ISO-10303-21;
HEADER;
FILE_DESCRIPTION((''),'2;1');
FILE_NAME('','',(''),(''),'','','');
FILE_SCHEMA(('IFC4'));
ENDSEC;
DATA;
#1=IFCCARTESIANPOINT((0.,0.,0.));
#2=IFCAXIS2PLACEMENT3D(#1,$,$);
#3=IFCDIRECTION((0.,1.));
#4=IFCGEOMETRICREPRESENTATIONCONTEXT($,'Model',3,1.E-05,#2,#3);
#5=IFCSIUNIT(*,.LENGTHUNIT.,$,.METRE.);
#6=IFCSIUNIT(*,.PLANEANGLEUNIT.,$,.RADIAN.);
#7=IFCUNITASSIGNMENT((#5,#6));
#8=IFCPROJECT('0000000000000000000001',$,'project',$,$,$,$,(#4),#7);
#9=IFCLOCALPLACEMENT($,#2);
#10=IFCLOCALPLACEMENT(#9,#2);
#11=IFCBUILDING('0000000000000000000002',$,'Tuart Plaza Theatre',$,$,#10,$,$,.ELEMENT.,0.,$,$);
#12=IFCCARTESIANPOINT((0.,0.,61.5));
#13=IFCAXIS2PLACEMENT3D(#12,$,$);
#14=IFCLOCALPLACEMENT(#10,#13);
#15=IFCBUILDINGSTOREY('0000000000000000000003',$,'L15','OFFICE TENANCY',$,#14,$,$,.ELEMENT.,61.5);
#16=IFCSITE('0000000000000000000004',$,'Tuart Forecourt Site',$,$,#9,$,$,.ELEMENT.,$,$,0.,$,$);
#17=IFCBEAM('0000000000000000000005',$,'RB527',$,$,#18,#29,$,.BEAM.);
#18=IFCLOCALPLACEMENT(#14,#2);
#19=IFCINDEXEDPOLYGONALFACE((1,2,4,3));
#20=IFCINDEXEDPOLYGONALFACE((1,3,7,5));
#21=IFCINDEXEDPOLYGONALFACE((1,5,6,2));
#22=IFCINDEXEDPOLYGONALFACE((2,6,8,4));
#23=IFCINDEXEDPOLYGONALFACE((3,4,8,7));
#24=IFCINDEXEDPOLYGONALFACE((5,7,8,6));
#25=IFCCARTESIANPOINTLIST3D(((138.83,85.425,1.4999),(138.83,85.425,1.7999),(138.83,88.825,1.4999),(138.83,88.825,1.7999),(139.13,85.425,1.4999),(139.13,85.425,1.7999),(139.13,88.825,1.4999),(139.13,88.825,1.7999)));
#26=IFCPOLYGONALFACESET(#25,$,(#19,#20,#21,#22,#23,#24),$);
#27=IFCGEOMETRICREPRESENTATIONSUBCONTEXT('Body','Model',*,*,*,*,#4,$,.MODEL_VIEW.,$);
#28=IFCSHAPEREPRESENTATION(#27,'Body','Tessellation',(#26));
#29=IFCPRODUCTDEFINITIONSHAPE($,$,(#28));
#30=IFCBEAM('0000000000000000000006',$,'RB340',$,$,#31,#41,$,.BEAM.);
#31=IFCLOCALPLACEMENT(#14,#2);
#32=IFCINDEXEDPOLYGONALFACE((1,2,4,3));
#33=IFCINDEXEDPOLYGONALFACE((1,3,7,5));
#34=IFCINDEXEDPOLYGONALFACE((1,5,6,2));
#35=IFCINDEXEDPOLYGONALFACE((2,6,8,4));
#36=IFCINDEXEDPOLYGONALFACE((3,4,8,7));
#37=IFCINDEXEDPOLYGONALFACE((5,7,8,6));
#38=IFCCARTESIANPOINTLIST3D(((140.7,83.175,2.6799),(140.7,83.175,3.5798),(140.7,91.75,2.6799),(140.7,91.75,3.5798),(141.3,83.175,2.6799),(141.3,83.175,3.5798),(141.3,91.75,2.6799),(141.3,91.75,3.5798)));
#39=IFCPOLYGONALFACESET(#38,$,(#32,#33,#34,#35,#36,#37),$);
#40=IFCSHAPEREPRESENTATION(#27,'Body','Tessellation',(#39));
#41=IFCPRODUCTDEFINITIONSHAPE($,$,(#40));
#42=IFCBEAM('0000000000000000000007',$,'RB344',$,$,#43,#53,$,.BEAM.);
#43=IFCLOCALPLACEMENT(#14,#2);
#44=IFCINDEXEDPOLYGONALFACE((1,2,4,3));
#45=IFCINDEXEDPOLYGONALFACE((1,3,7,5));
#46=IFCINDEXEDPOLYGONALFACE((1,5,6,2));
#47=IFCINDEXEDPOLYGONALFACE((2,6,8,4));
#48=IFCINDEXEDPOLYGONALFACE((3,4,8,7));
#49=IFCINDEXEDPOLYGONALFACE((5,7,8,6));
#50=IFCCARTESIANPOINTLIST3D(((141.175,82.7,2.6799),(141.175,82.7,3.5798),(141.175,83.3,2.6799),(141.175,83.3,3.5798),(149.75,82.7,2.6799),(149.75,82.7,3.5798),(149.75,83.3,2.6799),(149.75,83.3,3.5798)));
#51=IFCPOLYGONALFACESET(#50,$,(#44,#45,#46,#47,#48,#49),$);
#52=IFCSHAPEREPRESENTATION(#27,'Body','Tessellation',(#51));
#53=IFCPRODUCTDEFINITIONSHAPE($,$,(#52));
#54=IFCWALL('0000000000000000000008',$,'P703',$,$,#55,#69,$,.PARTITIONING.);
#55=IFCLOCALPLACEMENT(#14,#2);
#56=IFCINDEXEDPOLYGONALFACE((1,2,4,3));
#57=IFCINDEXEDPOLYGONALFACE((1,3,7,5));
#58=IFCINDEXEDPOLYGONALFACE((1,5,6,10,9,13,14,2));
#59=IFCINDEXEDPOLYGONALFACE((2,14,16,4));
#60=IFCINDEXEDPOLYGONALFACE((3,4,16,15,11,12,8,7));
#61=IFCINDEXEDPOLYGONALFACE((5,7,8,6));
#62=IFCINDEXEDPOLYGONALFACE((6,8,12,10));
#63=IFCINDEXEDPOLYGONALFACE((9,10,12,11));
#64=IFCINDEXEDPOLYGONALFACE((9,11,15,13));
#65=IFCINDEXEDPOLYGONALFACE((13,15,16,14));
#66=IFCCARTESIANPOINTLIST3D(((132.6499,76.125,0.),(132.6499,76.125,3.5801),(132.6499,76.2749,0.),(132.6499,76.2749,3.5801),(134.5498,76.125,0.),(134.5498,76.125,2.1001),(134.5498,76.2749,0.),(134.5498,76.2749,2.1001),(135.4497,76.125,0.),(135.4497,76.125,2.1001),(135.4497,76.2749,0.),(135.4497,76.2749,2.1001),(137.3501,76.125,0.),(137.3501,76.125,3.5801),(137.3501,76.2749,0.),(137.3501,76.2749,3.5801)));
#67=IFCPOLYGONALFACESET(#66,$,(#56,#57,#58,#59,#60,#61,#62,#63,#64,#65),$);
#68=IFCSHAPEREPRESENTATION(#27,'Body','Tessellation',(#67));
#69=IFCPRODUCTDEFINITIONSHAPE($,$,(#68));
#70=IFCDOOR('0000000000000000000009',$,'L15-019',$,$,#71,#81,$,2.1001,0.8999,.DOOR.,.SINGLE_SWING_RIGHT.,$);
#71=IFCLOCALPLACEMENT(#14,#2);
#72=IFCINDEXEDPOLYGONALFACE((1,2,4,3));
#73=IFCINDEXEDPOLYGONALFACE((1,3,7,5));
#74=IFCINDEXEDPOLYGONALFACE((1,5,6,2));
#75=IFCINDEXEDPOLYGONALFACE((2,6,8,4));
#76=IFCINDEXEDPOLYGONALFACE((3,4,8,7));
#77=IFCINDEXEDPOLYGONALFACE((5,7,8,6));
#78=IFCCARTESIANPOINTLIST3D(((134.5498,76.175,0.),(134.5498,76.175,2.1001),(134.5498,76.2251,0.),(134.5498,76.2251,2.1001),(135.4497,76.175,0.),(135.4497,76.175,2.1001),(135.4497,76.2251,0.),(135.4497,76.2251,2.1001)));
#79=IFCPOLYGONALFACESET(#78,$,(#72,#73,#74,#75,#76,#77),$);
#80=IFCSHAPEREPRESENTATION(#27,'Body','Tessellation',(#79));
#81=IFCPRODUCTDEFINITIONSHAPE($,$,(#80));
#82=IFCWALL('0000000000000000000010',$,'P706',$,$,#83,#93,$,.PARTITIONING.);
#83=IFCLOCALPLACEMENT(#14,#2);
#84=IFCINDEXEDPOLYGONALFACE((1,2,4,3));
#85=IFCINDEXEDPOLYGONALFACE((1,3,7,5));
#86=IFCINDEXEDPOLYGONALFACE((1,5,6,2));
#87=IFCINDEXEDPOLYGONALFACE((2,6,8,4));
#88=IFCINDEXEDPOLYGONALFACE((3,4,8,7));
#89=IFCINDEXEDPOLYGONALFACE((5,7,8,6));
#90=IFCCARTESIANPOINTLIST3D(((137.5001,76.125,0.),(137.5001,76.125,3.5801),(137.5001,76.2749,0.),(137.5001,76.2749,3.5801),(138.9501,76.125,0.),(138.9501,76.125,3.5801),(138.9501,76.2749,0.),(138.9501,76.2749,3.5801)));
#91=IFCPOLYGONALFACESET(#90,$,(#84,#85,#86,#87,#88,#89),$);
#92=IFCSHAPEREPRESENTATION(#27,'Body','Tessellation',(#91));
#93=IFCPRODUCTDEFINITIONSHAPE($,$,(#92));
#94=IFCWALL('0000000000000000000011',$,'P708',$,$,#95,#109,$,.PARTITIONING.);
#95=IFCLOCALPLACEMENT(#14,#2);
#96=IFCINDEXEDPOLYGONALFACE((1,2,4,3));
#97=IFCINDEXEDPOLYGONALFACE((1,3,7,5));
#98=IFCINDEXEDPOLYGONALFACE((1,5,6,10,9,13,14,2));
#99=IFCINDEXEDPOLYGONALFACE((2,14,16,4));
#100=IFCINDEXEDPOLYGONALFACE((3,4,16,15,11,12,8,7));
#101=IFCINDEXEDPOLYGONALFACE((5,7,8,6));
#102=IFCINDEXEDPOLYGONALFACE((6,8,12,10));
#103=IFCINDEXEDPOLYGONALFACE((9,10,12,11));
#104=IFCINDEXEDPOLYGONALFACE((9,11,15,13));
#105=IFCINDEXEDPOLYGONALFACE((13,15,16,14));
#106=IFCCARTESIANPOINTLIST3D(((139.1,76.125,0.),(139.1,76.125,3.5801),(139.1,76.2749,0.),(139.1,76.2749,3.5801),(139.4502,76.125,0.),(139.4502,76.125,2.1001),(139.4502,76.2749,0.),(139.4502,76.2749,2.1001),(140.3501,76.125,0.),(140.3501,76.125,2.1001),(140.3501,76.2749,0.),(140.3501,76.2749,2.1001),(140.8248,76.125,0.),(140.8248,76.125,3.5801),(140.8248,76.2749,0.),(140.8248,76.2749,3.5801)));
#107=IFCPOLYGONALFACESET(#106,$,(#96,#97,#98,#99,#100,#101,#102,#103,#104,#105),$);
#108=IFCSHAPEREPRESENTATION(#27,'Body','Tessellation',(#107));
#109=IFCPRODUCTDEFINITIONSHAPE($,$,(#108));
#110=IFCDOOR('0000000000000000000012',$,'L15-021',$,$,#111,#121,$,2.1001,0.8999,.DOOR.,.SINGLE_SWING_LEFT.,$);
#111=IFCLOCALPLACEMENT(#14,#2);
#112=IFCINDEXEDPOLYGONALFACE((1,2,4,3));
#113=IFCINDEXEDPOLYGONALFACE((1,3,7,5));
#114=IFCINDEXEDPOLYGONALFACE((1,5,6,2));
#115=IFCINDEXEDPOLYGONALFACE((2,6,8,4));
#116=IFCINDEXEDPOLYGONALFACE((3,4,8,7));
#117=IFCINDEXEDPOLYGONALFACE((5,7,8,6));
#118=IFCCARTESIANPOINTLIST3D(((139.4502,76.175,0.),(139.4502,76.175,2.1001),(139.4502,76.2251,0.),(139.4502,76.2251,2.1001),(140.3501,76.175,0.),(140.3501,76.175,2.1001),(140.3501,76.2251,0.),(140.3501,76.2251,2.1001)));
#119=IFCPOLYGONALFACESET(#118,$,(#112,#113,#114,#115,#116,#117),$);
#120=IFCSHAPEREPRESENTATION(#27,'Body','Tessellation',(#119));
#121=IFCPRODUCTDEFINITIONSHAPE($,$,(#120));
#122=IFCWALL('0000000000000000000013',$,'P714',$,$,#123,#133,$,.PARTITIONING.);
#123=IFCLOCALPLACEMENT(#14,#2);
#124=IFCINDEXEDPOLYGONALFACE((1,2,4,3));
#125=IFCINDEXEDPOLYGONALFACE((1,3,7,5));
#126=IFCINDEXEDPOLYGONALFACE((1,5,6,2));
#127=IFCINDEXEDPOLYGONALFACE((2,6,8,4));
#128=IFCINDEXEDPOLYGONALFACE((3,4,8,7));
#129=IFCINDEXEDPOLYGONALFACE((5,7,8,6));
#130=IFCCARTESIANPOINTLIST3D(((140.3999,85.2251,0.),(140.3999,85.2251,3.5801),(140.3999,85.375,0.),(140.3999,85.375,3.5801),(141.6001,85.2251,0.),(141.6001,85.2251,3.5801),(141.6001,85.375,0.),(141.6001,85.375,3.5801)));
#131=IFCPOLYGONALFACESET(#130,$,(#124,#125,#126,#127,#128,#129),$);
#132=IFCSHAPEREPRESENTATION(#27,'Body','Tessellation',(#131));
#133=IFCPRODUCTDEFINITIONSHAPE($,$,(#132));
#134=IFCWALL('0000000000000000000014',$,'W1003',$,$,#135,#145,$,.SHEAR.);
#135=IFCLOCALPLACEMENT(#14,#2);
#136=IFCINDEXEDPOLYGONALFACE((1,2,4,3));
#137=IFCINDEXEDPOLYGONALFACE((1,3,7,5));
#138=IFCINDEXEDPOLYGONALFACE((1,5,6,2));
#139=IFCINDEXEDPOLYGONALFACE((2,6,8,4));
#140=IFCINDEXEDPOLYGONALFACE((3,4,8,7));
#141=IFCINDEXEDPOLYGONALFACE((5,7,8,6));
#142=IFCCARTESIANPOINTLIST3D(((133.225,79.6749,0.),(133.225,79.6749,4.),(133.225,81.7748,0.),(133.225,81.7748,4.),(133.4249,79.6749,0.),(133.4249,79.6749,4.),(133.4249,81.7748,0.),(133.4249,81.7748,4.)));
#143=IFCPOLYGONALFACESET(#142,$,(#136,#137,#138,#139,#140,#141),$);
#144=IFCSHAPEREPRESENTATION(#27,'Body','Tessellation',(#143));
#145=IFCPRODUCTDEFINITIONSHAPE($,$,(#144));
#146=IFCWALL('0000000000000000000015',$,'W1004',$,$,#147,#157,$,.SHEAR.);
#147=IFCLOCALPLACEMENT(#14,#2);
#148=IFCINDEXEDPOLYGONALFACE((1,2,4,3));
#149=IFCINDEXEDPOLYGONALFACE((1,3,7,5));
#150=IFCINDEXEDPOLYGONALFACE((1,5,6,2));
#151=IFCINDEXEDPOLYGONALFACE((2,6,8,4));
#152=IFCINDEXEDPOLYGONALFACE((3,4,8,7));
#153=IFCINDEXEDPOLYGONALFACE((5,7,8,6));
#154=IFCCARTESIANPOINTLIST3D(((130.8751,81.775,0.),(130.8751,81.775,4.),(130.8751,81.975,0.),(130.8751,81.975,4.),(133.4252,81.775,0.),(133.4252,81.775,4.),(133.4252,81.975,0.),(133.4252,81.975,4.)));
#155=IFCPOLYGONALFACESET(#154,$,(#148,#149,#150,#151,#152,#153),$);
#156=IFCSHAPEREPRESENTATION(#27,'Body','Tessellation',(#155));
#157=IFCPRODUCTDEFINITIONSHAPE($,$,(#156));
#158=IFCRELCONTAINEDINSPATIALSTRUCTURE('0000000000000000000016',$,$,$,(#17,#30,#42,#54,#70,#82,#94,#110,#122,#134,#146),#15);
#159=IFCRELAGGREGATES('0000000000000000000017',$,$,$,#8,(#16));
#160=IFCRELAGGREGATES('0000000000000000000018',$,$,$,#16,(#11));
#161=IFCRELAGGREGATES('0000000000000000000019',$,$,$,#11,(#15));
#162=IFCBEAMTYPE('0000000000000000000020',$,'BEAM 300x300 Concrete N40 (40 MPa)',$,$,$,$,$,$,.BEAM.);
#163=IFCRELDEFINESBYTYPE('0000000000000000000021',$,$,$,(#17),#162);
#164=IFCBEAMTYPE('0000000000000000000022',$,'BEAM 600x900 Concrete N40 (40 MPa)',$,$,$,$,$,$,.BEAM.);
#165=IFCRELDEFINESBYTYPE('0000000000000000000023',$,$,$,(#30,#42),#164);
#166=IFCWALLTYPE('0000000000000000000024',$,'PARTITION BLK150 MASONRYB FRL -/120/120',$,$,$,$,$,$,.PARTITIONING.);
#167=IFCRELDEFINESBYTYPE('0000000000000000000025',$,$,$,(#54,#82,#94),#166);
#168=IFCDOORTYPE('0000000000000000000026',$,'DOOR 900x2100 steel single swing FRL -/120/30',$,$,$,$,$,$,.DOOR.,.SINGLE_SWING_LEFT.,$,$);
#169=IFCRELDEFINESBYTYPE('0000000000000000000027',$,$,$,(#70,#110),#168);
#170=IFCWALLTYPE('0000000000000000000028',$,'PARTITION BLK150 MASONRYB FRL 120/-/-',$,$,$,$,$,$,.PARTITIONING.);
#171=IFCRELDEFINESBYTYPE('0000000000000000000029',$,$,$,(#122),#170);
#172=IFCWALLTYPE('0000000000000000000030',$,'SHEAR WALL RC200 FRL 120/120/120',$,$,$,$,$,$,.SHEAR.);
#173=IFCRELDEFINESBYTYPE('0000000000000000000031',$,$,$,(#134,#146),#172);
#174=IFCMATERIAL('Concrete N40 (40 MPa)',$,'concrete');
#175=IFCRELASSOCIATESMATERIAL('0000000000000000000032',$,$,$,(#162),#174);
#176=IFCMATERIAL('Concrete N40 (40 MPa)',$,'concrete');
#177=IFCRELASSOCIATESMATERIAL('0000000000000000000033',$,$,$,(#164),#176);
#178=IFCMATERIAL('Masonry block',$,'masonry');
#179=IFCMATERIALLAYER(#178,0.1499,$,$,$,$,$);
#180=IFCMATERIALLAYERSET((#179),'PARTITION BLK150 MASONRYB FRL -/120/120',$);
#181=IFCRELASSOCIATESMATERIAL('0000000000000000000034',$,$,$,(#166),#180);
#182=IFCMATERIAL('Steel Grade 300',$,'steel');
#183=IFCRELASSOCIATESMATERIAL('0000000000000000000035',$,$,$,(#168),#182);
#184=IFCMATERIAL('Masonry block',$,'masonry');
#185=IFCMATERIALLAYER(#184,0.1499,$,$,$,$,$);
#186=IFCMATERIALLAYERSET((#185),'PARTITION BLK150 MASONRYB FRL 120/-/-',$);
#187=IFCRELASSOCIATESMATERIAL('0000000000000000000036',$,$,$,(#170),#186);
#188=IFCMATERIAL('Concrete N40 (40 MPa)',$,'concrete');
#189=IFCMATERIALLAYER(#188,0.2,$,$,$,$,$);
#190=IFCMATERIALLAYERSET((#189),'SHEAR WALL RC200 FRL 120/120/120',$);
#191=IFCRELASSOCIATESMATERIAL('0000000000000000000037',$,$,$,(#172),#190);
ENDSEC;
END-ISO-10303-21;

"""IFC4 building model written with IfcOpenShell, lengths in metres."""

from ifc_helpers import new_model, si_unit, direction, frame, frame_2d, origin, origin_2d, place, context, subcontext, project, spatial, rectangle, extrude, material, layer, layer_set, material_profile, profile_set, type_object, element, fill, save


model = new_model("IFC4")

# Units and contexts
model_context = context("Model", 3, precision=1e-05, world=origin(), true_north=direction((0.0, 1.0)))
body_context = subcontext(model_context, "Body", "Model", "MODEL_VIEW")
ifc_project = project(units=[si_unit("LENGTHUNIT", "METRE"), si_unit("PLANEANGLEUNIT", "RADIAN")], contexts=[model_context])

# Site, building, storey
site_placement = place(None, origin())
site = spatial("IfcSite", under=ifc_project, at=site_placement, Name="Tuart Forecourt Site", CompositionType="ELEMENT", RefElevation=0.0)
building_placement = place(site_placement, origin())
building = spatial("IfcBuilding", under=site, at=building_placement, Name="Tuart Plaza Theatre", CompositionType="ELEMENT", ElevationOfRefHeight=0.0)
storey_placement = place(building_placement, frame((0.0, 0.0, 61.5)))
storey = spatial("IfcBuildingStorey", under=building, at=storey_placement, Name="L15", Description="OFFICE TENANCY", CompositionType="ELEMENT", Elevation=61.5)

# Beams
ifc_material_1 = material(Name="Concrete N40 (40 MPa)", Category="concrete")
ifc_material_profile_1 = material_profile(ifc_material_1, rectangle(XDim=0.3, YDim=0.3, at=origin_2d()), Name="BEAM 300x300 Concrete N40 (40 MPa)")
ifc_profile_set_1 = profile_set([ifc_material_profile_1], Name="Concrete N40 (40 MPa)")
beam_type_1 = type_object("IfcBeamType", Name="BEAM 300x300 Concrete N40 (40 MPa)", PredefinedType="BEAM", material=ifc_profile_set_1)
beam_placement = place(storey_placement, frame((138.98, 85.425, 1.6499), z_axis=(0.0, 1.0, 0.0), x_axis=(-1.0, 0.0, 0.0)))
element("IfcBeam", 1, at=beam_placement, inside=storey, type_object=beam_type_1, Name="RB527", PredefinedType="BEAM", context=body_context, shape_type="SweptSolid", body=[
    extrude(rectangle(XDim=0.3, YDim=0.3, at=origin_2d()), origin(), (0.0, 0.0, 1.0), 3.3999),
])
ifc_material_2 = material(Name="Concrete N40 (40 MPa)", Category="concrete")
ifc_material_profile_2 = material_profile(ifc_material_2, rectangle(XDim=0.6001, YDim=0.8999, at=origin_2d()), Name="BEAM 600x900 Concrete N40 (40 MPa)")
ifc_profile_set_2 = profile_set([ifc_material_profile_2], Name="Concrete N40 (40 MPa)")
beam_type_2 = type_object("IfcBeamType", Name="BEAM 600x900 Concrete N40 (40 MPa)", PredefinedType="BEAM", material=ifc_profile_set_2)
for number, where, z_axis, x_axis, name in (
    (2, (141.0, 83.175, 3.1299), (0.0, 1.0, 0.0), (-1.0, 0.0, 0.0), "RB340"),
    (3, (141.175, 83.0, 3.1299), (1.0, 0.0, 0.0), (0.0, 1.0, 0.0), "RB344"),
):
    element("IfcBeam", number, at=place(storey_placement, frame(where, z_axis=z_axis, x_axis=x_axis)), inside=storey, type_object=beam_type_2, Name=name, PredefinedType="BEAM", context=body_context, shape_type="SweptSolid", body=[
        extrude(rectangle(XDim=0.6001, YDim=0.8999, at=origin_2d()), origin(), (0.0, 0.0, 1.0), 8.575),
    ])

# Wall, opening, door
ifc_material_3 = material(Name="Masonry block", Category="masonry")
ifc_layer_1 = layer(ifc_material_3, 0.1499)
ifc_layer_set_1 = layer_set([ifc_layer_1], Name="PARTITION BLK150 MASONRYB FRL -/120/120")
wall_type_1 = type_object("IfcWallType", Name="PARTITION BLK150 MASONRYB FRL -/120/120", PredefinedType="PARTITIONING", material=ifc_layer_set_1)
wall_1_placement = place(storey_placement, frame((132.6499, 76.2, 0.0), z_axis=(0.0, 0.0, 1.0), x_axis=(1.0, 0.0, 0.0)))
wall_1 = element("IfcWall", 4, at=wall_1_placement, inside=storey, type_object=wall_type_1, Name="P703", PredefinedType="PARTITIONING", context=body_context, shape_type="SweptSolid", body=[
    extrude(rectangle(XDim=4.7002, YDim=0.1499, at=frame_2d((2.3501, 0.0))), origin(), (0.0, 0.0, 1.0), 3.5801),
])
opening_1_placement = place(wall_1_placement, frame((1.8999, 0.0, 0.0)))
opening_1 = element("IfcOpeningElement", 5, at=opening_1_placement, cuts=wall_1, PredefinedType="OPENING", context=body_context, shape_type="SweptSolid", body=[
    extrude(rectangle(XDim=0.8999, YDim=2.1001, at=frame_2d((0.45, 1.05))), frame((0.0, 0.085, 0.0), z_axis=(0.0, -1.0, 0.0), x_axis=(1.0, 0.0, 0.0)), (0.0, 0.0, 1.0), 0.1699),
])
ifc_material_4 = material(Name="Steel Grade 300", Category="steel")
door_type_1 = type_object("IfcDoorType", Name="DOOR 900x2100 steel single swing FRL -/120/30", OperationType="SINGLE_SWING_LEFT", PredefinedType="DOOR", material=ifc_material_4)
door_1_placement = place(opening_1_placement, frame((0.8999, 0.0, 0.0), z_axis=(0.0, 0.0, 1.0), x_axis=(-1.0, 0.0, 0.0)))
door_1 = element("IfcDoor", 6, at=door_1_placement, inside=storey, type_object=door_type_1, Name="L15-019", OperationType="SINGLE_SWING_RIGHT", OverallHeight=2.1001, OverallWidth=0.8999, PredefinedType="DOOR", context=body_context, shape_type="SweptSolid", body=[
    extrude(rectangle(XDim=0.8999, YDim=2.1001, at=frame_2d((0.45, 1.05))), frame((0.0, 0.0249, 0.0), z_axis=(0.0, -1.0, 0.0), x_axis=(1.0, 0.0, 0.0)), (0.0, 0.0, 1.0), 0.05),
])
fill(opening_1, door_1)

# Wall
wall_2_placement = place(storey_placement, frame((137.5, 76.2, 0.0), z_axis=(0.0, 0.0, 1.0), x_axis=(1.0, 0.0, 0.0)))
element("IfcWall", 7, at=wall_2_placement, inside=storey, type_object=wall_type_1, Name="P706", PredefinedType="PARTITIONING", context=body_context, shape_type="SweptSolid", body=[
    extrude(rectangle(XDim=1.45, YDim=0.1499, at=frame_2d((0.7251, 0.0))), origin(), (0.0, 0.0, 1.0), 3.5801),
])

# Wall, opening, door
wall_3_placement = place(storey_placement, frame((139.1001, 76.2, 0.0), z_axis=(0.0, 0.0, 1.0), x_axis=(1.0, 0.0, 0.0)))
wall_3 = element("IfcWall", 8, at=wall_3_placement, inside=storey, type_object=wall_type_1, Name="P708", PredefinedType="PARTITIONING", context=body_context, shape_type="SweptSolid", body=[
    extrude(rectangle(XDim=1.7249, YDim=0.1499, at=frame_2d((0.8623, 0.0))), origin(), (0.0, 0.0, 1.0), 3.5801),
])
opening_2_placement = place(wall_3_placement, frame((0.3501, 0.0, 0.0)))
opening_2 = element("IfcOpeningElement", 9, at=opening_2_placement, cuts=wall_3, PredefinedType="OPENING", context=body_context, shape_type="SweptSolid", body=[
    extrude(rectangle(XDim=0.8999, YDim=2.1001, at=frame_2d((0.45, 1.05))), frame((0.0, 0.085, 0.0), z_axis=(0.0, -1.0, 0.0), x_axis=(1.0, 0.0, 0.0)), (0.0, 0.0, 1.0), 0.1699),
])
door_2_placement = place(opening_2_placement, frame((0.8999, 0.0, 0.0), z_axis=(0.0, 0.0, 1.0), x_axis=(-1.0, 0.0, 0.0)))
door_2 = element("IfcDoor", 10, at=door_2_placement, inside=storey, type_object=door_type_1, Name="L15-021", OperationType="SINGLE_SWING_LEFT", OverallHeight=2.1001, OverallWidth=0.8999, PredefinedType="DOOR", context=body_context, shape_type="SweptSolid", body=[
    extrude(rectangle(XDim=0.8999, YDim=2.1001, at=frame_2d((0.45, 1.05))), frame((0.0, 0.0249, 0.0), z_axis=(0.0, -1.0, 0.0), x_axis=(1.0, 0.0, 0.0)), (0.0, 0.0, 1.0), 0.05),
])
fill(opening_2, door_2)

# Walls
ifc_material_5 = material(Name="Masonry block", Category="masonry")
ifc_layer_2 = layer(ifc_material_5, 0.1499)
ifc_layer_set_2 = layer_set([ifc_layer_2], Name="PARTITION BLK150 MASONRYB FRL 120/-/-")
wall_type_2 = type_object("IfcWallType", Name="PARTITION BLK150 MASONRYB FRL 120/-/-", PredefinedType="PARTITIONING", material=ifc_layer_set_2)
wall_4_placement = place(storey_placement, frame((140.3999, 85.3, 0.0), z_axis=(0.0, 0.0, 1.0), x_axis=(1.0, 0.0, 0.0)))
element("IfcWall", 11, at=wall_4_placement, inside=storey, type_object=wall_type_2, Name="P714", PredefinedType="PARTITIONING", context=body_context, shape_type="SweptSolid", body=[
    extrude(rectangle(XDim=1.2002, YDim=0.1499, at=frame_2d((0.6001, 0.0))), origin(), (0.0, 0.0, 1.0), 3.5801),
])
ifc_material_6 = material(Name="Concrete N40 (40 MPa)", Category="concrete")
ifc_layer_3 = layer(ifc_material_6, 0.2)
ifc_layer_set_3 = layer_set([ifc_layer_3], Name="SHEAR WALL RC200 FRL 120/120/120")
wall_type_3 = type_object("IfcWallType", Name="SHEAR WALL RC200 FRL 120/120/120", PredefinedType="SHEAR", material=ifc_layer_set_3)
wall_5_placement = place(storey_placement, frame((133.325, 79.675, 0.0), z_axis=(0.0, 0.0, 1.0), x_axis=(0.0, 1.0, 0.0)))
element("IfcWall", 12, at=wall_5_placement, inside=storey, type_object=wall_type_3, Name="W1003", PredefinedType="SHEAR", context=body_context, shape_type="SweptSolid", body=[
    extrude(rectangle(XDim=2.0999, YDim=0.2, at=frame_2d((1.0498, 0.0))), origin(), (0.0, 0.0, 1.0), 4.0),
])
wall_6_placement = place(storey_placement, frame((133.425, 81.875, 0.0), z_axis=(0.0, 0.0, 1.0), x_axis=(-1.0, 0.0, 0.0)))
element("IfcWall", 13, at=wall_6_placement, inside=storey, type_object=wall_type_3, Name="W1004", PredefinedType="SHEAR", context=body_context, shape_type="SweptSolid", body=[
    extrude(rectangle(XDim=2.55, YDim=0.2, at=frame_2d((1.2749, 0.0))), origin(), (0.0, 0.0, 1.0), 4.0),
])

save(model, "model.ifc")
